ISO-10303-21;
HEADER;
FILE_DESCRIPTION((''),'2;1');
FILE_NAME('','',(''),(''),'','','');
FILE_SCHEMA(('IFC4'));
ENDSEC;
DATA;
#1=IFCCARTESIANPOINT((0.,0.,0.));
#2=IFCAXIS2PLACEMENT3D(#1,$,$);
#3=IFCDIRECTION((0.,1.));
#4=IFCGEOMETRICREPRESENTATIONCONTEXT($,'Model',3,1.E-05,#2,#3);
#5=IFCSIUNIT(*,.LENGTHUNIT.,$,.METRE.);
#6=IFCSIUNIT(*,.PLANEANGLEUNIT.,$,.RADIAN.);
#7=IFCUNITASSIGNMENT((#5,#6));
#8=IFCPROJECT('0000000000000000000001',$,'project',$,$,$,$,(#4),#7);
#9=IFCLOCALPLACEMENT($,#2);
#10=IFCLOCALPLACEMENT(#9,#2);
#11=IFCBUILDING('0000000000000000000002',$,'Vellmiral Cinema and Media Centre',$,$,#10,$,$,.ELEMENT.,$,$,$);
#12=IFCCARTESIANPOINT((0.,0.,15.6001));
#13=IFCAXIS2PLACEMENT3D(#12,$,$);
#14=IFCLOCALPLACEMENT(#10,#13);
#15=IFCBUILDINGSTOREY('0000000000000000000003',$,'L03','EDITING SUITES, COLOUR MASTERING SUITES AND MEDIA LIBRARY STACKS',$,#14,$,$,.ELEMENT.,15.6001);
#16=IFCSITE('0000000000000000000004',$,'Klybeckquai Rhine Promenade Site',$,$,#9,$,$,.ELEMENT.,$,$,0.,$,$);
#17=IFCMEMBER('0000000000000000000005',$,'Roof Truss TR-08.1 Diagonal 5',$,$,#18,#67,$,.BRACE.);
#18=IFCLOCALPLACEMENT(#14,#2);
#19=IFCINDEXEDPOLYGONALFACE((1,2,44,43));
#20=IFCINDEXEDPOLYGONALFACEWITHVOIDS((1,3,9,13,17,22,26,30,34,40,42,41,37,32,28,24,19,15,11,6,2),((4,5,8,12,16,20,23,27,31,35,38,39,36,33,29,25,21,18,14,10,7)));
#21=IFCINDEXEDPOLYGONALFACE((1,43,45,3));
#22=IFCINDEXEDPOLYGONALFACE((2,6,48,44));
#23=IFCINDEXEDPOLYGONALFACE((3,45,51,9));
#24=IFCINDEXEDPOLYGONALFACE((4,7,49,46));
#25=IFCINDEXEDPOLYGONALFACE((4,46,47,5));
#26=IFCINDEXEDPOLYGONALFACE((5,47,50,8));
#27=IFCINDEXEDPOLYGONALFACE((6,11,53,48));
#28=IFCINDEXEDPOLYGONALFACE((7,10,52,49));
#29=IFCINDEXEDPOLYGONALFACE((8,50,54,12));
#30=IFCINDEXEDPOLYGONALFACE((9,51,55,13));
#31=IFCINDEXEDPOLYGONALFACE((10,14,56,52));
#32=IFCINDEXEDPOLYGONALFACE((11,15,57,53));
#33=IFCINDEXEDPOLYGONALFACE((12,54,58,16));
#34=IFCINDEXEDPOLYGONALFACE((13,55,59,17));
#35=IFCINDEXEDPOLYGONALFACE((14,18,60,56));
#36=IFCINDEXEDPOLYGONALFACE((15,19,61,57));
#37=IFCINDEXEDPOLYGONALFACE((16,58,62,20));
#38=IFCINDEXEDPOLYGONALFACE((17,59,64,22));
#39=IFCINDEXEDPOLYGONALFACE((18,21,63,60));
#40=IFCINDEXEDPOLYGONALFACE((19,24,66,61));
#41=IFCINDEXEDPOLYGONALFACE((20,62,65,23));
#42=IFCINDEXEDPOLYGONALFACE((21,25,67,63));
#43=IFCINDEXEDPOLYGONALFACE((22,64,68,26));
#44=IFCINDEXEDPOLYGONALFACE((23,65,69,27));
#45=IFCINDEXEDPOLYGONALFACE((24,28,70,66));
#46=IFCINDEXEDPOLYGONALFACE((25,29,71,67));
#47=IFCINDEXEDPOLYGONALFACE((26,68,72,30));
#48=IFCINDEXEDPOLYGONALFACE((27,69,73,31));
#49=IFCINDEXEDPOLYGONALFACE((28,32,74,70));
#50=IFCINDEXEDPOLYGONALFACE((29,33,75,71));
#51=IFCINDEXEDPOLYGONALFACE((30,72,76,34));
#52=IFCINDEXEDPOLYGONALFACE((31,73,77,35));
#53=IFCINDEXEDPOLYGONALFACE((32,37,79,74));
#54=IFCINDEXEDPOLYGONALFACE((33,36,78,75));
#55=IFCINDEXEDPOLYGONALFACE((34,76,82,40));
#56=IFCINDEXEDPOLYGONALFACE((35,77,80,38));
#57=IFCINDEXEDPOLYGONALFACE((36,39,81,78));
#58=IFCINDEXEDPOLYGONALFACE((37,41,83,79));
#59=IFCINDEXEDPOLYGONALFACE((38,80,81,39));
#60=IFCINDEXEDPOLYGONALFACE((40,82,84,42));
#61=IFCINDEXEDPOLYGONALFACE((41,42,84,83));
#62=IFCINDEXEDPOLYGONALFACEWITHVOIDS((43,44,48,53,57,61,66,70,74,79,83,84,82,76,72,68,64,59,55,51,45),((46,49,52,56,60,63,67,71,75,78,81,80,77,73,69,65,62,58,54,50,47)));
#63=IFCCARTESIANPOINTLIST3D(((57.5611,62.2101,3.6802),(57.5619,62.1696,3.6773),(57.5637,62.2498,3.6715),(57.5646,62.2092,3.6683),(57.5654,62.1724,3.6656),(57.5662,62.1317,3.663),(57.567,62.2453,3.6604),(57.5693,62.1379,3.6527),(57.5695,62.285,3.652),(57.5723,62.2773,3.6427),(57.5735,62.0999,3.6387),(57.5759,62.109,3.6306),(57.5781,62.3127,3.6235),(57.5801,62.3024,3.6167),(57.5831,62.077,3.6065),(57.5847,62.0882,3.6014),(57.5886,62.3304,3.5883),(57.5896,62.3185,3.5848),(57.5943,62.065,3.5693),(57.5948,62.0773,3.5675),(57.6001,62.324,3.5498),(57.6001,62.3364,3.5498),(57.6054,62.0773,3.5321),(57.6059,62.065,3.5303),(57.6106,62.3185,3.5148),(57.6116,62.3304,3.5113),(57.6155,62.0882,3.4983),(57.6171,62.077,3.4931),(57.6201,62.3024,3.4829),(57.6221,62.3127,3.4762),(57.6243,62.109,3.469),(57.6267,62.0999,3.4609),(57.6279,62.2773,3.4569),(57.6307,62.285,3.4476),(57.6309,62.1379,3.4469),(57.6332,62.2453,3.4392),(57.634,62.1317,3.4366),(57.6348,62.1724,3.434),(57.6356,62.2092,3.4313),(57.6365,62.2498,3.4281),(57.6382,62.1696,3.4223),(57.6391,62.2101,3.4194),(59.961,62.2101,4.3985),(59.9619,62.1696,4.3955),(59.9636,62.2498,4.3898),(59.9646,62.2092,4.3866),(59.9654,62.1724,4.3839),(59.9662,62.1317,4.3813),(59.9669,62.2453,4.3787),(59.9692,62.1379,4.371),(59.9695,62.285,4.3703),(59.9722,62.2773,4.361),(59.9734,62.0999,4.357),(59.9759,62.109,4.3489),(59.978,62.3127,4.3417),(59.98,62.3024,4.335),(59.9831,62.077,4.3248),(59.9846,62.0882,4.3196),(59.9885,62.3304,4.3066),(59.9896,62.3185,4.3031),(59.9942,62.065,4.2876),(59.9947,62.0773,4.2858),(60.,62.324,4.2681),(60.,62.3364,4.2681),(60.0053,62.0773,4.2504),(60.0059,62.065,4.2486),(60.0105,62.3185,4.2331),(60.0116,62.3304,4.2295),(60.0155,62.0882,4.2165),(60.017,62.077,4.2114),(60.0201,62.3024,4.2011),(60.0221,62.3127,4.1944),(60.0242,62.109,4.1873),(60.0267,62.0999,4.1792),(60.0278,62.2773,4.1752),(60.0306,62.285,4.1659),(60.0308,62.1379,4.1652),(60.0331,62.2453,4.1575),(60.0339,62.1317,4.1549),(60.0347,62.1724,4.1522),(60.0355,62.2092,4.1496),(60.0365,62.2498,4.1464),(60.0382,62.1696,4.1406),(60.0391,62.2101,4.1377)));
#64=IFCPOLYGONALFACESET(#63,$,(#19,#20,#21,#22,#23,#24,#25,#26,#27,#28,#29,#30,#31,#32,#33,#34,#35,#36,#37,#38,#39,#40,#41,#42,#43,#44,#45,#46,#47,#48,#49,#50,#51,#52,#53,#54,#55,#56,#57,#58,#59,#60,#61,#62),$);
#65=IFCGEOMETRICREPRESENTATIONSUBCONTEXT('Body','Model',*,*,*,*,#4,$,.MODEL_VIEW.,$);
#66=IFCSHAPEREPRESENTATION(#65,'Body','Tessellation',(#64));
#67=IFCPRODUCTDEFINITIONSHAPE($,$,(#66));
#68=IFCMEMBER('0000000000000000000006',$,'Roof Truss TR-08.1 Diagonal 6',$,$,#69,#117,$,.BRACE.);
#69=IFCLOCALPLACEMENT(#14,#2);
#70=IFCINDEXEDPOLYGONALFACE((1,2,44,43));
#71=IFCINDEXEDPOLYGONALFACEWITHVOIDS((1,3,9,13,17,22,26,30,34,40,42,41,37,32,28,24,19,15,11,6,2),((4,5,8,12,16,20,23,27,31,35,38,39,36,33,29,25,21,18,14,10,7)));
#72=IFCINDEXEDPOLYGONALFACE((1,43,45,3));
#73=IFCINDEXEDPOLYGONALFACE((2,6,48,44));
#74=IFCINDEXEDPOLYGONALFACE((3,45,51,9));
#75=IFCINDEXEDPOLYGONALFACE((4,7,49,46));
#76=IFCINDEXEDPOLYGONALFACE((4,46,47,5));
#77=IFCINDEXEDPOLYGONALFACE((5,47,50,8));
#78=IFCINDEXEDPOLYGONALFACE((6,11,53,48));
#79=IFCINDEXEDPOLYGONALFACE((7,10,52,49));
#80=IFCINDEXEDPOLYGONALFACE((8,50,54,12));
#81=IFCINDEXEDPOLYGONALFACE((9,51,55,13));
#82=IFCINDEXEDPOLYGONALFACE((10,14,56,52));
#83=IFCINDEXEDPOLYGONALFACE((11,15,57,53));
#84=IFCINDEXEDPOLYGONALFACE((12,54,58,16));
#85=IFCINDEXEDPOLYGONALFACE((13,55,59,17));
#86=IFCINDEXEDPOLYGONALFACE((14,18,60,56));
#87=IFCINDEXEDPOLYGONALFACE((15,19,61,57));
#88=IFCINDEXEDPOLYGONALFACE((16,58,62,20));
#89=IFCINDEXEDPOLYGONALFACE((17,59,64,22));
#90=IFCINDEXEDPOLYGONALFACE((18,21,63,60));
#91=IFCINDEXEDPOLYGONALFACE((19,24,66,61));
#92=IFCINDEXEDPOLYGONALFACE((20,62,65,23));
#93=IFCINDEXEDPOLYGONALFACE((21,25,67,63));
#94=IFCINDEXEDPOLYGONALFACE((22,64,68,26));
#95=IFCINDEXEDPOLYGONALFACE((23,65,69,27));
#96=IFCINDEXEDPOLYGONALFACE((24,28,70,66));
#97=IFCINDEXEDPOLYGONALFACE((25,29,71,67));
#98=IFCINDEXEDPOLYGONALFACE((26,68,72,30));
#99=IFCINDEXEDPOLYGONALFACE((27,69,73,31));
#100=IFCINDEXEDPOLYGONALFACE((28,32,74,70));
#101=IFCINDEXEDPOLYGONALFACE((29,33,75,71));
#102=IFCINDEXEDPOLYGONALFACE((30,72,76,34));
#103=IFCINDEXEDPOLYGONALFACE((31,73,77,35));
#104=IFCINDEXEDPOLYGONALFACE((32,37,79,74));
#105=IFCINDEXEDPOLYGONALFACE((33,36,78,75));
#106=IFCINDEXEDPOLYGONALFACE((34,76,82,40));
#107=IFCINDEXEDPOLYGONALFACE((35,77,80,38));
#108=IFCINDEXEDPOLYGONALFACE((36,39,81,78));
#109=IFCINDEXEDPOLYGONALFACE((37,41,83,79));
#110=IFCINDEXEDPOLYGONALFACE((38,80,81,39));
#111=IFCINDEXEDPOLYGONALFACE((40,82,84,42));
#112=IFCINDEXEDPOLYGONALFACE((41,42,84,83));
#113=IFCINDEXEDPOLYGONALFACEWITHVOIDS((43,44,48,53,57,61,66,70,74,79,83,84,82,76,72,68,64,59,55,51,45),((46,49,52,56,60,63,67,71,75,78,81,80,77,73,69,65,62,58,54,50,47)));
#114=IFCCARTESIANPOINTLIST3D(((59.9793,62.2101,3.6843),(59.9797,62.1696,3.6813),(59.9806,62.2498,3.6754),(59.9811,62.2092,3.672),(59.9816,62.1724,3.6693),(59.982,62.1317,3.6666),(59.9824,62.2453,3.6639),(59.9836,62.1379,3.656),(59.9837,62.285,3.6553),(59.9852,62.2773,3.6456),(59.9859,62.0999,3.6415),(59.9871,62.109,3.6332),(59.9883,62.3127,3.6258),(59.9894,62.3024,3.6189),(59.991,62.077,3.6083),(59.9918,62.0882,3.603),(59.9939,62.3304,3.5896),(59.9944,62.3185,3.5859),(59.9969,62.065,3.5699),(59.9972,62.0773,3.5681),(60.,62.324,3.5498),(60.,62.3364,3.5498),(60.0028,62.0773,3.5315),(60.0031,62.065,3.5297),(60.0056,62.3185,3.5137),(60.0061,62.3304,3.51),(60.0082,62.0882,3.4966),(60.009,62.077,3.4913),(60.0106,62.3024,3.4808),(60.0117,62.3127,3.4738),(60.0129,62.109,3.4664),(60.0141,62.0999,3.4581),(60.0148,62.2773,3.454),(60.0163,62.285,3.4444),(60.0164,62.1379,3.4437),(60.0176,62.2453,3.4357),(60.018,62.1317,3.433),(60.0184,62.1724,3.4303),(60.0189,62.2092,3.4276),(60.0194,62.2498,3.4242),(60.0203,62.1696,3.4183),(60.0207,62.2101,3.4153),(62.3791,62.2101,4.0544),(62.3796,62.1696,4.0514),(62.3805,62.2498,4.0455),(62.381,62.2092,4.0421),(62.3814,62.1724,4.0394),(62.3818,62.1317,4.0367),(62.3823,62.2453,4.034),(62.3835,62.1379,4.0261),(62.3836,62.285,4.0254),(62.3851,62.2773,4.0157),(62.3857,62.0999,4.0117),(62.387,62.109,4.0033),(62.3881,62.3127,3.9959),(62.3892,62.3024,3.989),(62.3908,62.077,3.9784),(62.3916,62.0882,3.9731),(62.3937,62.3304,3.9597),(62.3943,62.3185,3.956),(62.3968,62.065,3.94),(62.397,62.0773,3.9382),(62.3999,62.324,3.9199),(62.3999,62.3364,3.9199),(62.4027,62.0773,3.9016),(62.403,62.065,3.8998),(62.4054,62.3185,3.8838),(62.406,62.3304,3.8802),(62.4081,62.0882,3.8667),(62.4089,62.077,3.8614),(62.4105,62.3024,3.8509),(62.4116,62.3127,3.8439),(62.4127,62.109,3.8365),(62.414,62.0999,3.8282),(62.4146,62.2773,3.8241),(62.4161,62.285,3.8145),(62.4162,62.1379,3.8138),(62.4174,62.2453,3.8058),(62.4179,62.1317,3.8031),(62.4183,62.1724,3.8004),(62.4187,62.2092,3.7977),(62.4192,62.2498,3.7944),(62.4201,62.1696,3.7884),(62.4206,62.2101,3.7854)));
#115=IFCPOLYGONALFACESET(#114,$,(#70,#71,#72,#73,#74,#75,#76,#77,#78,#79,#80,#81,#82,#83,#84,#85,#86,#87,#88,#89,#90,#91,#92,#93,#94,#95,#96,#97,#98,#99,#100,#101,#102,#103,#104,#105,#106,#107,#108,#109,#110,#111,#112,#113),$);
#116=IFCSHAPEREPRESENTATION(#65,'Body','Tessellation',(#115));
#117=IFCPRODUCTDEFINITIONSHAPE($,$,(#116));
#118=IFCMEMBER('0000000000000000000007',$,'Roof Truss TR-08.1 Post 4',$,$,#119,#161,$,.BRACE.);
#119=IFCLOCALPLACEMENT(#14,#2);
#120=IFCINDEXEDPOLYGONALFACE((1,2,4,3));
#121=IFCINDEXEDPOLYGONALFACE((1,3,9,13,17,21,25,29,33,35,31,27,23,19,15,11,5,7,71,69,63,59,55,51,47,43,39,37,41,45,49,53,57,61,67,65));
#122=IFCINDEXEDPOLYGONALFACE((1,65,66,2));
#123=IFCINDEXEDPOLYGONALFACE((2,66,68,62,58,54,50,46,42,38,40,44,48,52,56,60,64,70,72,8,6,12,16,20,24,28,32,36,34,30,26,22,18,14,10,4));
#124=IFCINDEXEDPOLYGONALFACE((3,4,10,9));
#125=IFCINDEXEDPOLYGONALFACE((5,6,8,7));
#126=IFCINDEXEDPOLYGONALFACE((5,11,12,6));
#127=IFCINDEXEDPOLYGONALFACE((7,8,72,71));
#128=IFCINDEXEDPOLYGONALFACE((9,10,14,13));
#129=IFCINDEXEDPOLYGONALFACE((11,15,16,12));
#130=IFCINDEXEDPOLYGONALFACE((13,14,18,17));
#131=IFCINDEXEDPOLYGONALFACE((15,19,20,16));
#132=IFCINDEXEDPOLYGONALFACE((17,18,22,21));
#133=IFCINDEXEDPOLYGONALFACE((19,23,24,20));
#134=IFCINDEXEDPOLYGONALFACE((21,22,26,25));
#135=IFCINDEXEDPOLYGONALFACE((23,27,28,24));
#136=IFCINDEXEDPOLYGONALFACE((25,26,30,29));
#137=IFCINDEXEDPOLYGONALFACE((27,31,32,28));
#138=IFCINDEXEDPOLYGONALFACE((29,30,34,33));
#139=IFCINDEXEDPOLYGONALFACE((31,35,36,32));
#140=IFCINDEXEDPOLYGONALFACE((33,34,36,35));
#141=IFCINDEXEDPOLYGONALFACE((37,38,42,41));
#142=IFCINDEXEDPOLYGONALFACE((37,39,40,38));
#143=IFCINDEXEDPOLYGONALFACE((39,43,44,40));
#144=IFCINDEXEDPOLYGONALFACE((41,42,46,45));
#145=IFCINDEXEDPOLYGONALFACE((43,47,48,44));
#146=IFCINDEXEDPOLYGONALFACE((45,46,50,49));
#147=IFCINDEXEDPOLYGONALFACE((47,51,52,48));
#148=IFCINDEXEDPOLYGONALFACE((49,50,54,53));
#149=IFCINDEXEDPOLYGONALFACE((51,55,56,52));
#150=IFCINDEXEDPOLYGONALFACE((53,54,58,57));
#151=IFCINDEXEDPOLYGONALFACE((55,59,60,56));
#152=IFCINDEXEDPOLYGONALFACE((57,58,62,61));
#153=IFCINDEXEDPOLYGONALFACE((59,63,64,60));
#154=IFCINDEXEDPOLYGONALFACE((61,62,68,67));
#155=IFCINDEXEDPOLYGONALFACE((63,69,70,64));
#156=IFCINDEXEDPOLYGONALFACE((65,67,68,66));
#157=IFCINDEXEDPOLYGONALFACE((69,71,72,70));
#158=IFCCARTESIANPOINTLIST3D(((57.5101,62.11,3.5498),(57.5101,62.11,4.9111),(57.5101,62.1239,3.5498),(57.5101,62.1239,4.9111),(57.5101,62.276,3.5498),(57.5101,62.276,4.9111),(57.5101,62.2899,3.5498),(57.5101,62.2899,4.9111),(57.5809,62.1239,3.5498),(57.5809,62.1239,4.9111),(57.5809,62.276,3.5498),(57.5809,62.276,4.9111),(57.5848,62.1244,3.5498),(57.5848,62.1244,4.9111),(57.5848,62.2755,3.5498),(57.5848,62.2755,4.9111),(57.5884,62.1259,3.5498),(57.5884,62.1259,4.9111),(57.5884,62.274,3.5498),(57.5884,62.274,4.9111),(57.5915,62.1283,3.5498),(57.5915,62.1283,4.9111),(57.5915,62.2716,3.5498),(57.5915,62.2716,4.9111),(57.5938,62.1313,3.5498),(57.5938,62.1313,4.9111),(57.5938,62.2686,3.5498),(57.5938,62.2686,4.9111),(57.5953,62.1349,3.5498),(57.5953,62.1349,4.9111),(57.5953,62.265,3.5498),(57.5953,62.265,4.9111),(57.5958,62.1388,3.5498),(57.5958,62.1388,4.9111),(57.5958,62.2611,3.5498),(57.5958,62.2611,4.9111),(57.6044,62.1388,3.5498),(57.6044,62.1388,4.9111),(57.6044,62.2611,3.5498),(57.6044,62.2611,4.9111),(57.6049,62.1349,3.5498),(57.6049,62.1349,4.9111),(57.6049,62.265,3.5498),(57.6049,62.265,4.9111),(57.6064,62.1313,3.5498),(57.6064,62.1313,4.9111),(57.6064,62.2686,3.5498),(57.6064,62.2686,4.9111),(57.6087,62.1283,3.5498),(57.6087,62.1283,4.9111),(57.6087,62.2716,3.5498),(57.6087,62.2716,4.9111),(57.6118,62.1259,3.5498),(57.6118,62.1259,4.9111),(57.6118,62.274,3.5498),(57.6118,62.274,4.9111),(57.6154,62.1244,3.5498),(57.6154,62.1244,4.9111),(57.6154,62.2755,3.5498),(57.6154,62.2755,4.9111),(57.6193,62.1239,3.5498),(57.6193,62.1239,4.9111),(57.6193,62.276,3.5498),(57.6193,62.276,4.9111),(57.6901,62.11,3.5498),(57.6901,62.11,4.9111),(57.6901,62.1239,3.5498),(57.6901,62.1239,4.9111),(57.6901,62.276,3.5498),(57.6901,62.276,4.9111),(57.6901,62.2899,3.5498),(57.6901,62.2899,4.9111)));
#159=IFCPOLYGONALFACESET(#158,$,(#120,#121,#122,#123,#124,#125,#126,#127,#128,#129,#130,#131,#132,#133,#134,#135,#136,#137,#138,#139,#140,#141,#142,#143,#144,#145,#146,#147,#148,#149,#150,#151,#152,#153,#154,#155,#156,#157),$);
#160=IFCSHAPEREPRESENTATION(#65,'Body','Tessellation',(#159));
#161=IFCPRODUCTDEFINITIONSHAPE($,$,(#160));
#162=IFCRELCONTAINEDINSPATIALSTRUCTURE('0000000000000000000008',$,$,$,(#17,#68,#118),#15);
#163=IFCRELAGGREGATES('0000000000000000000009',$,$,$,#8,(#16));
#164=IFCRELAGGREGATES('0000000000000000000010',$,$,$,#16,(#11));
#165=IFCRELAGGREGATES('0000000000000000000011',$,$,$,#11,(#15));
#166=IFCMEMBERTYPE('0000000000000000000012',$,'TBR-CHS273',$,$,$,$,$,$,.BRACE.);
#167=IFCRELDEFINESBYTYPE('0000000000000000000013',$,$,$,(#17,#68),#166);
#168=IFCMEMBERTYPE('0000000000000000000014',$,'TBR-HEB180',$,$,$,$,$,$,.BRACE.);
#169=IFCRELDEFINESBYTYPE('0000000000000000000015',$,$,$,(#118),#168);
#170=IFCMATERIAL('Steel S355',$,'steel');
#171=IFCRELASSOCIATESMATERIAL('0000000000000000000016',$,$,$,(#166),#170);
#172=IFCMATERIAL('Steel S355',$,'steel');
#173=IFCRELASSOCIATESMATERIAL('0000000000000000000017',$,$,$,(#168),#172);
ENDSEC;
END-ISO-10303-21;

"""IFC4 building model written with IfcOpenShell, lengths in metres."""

from ifc_helpers import new_model, si_unit, direction, frame, origin, origin_2d, place, context, subcontext, project, spatial, hollow_circle, i_section, extrude, material, material_profile, profile_set, type_object, element, save


model = new_model("IFC4")

# Units and contexts
model_context = context("Model", 3, precision=1e-05, world=origin(), true_north=direction((0.0, 1.0)))
body_context = subcontext(model_context, "Body", "Model", "MODEL_VIEW")
ifc_project = project(units=[si_unit("LENGTHUNIT", "METRE"), si_unit("PLANEANGLEUNIT", "RADIAN")], contexts=[model_context])

# Site, building, storey
site_placement = place(None, origin())
site = spatial("IfcSite", under=ifc_project, at=site_placement, Name="Klybeckquai Rhine Promenade Site", CompositionType="ELEMENT", RefElevation=0.0)
building_placement = place(site_placement, origin())
building = spatial("IfcBuilding", under=site, at=building_placement, Name="Vellmiral Cinema and Media Centre", CompositionType="ELEMENT")
storey_placement = place(building_placement, frame((0.0, 0.0, 15.6001)))
storey = spatial("IfcBuildingStorey", under=building, at=storey_placement, Name="L03", Description="EDITING SUITES, COLOUR MASTERING SUITES AND MEDIA LIBRARY STACKS", CompositionType="ELEMENT", Elevation=15.6001)

# Members
ifc_material_1 = material(Name="Steel S355", Category="steel")
ifc_material_profile_1 = material_profile(ifc_material_1, hollow_circle(Radius=0.1365, WallThickness=0.0125, at=origin_2d()), Name="CHS 273.0x12.5")
ifc_profile_set_1 = profile_set([ifc_material_profile_1], Name="Steel S355")
member_type_1 = type_object("IfcMemberType", Name="TBR-CHS273", PredefinedType="BRACE", material=ifc_profile_set_1)
member_1_placement = place(storey_placement, frame((57.6001, 62.2, 3.5498), z_axis=(0.958014, 0.0, 0.286722), x_axis=(0.0, 1.0, 0.0)))
element("IfcMember", 1, at=member_1_placement, inside=storey, type_object=member_type_1, Name="Roof Truss TR-08.1 Diagonal 5", PredefinedType="BRACE", context=body_context, shape_type="SweptSolid", body=[
    extrude(hollow_circle(Radius=0.1365, WallThickness=0.0125, at=origin_2d()), origin(), (0.0, 0.0, 1.0), 2.5051),
])
member_2_placement = place(storey_placement, frame((60.0, 62.2, 3.5498), z_axis=(0.988316, 0.0, 0.15242), x_axis=(0.0, 1.0, 0.0)))
element("IfcMember", 2, at=member_2_placement, inside=storey, type_object=member_type_1, Name="Roof Truss TR-08.1 Diagonal 6", PredefinedType="BRACE", context=body_context, shape_type="SweptSolid", body=[
    extrude(hollow_circle(Radius=0.1365, WallThickness=0.0125, at=origin_2d()), origin(), (0.0, 0.0, 1.0), 2.4282),
])
ifc_material_2 = material(Name="Steel S355", Category="steel")
ifc_material_profile_2 = material_profile(ifc_material_2, i_section(OverallWidth=0.1799, OverallDepth=0.1799, WebThickness=0.0085, FlangeThickness=0.0139, FilletRadius=0.0149, at=origin_2d()), Name="HEB 180")
ifc_profile_set_2 = profile_set([ifc_material_profile_2], Name="Steel S355")
member_type_2 = type_object("IfcMemberType", Name="TBR-HEB180", PredefinedType="BRACE", material=ifc_profile_set_2)
member_3_placement = place(storey_placement, frame((57.6001, 62.2, 3.5498), z_axis=(0.0, 0.0, 1.0), x_axis=(1.0, 0.0, 0.0)))
element("IfcMember", 3, at=member_3_placement, inside=storey, type_object=member_type_2, Name="Roof Truss TR-08.1 Post 4", PredefinedType="BRACE", context=body_context, shape_type="SweptSolid", body=[
    extrude(i_section(OverallWidth=0.1799, OverallDepth=0.1799, WebThickness=0.0085, FlangeThickness=0.0139, FilletRadius=0.0149, at=origin_2d()), origin(), (0.0, 0.0, 1.0), 1.3613),
])

save(model, "model.ifc")
